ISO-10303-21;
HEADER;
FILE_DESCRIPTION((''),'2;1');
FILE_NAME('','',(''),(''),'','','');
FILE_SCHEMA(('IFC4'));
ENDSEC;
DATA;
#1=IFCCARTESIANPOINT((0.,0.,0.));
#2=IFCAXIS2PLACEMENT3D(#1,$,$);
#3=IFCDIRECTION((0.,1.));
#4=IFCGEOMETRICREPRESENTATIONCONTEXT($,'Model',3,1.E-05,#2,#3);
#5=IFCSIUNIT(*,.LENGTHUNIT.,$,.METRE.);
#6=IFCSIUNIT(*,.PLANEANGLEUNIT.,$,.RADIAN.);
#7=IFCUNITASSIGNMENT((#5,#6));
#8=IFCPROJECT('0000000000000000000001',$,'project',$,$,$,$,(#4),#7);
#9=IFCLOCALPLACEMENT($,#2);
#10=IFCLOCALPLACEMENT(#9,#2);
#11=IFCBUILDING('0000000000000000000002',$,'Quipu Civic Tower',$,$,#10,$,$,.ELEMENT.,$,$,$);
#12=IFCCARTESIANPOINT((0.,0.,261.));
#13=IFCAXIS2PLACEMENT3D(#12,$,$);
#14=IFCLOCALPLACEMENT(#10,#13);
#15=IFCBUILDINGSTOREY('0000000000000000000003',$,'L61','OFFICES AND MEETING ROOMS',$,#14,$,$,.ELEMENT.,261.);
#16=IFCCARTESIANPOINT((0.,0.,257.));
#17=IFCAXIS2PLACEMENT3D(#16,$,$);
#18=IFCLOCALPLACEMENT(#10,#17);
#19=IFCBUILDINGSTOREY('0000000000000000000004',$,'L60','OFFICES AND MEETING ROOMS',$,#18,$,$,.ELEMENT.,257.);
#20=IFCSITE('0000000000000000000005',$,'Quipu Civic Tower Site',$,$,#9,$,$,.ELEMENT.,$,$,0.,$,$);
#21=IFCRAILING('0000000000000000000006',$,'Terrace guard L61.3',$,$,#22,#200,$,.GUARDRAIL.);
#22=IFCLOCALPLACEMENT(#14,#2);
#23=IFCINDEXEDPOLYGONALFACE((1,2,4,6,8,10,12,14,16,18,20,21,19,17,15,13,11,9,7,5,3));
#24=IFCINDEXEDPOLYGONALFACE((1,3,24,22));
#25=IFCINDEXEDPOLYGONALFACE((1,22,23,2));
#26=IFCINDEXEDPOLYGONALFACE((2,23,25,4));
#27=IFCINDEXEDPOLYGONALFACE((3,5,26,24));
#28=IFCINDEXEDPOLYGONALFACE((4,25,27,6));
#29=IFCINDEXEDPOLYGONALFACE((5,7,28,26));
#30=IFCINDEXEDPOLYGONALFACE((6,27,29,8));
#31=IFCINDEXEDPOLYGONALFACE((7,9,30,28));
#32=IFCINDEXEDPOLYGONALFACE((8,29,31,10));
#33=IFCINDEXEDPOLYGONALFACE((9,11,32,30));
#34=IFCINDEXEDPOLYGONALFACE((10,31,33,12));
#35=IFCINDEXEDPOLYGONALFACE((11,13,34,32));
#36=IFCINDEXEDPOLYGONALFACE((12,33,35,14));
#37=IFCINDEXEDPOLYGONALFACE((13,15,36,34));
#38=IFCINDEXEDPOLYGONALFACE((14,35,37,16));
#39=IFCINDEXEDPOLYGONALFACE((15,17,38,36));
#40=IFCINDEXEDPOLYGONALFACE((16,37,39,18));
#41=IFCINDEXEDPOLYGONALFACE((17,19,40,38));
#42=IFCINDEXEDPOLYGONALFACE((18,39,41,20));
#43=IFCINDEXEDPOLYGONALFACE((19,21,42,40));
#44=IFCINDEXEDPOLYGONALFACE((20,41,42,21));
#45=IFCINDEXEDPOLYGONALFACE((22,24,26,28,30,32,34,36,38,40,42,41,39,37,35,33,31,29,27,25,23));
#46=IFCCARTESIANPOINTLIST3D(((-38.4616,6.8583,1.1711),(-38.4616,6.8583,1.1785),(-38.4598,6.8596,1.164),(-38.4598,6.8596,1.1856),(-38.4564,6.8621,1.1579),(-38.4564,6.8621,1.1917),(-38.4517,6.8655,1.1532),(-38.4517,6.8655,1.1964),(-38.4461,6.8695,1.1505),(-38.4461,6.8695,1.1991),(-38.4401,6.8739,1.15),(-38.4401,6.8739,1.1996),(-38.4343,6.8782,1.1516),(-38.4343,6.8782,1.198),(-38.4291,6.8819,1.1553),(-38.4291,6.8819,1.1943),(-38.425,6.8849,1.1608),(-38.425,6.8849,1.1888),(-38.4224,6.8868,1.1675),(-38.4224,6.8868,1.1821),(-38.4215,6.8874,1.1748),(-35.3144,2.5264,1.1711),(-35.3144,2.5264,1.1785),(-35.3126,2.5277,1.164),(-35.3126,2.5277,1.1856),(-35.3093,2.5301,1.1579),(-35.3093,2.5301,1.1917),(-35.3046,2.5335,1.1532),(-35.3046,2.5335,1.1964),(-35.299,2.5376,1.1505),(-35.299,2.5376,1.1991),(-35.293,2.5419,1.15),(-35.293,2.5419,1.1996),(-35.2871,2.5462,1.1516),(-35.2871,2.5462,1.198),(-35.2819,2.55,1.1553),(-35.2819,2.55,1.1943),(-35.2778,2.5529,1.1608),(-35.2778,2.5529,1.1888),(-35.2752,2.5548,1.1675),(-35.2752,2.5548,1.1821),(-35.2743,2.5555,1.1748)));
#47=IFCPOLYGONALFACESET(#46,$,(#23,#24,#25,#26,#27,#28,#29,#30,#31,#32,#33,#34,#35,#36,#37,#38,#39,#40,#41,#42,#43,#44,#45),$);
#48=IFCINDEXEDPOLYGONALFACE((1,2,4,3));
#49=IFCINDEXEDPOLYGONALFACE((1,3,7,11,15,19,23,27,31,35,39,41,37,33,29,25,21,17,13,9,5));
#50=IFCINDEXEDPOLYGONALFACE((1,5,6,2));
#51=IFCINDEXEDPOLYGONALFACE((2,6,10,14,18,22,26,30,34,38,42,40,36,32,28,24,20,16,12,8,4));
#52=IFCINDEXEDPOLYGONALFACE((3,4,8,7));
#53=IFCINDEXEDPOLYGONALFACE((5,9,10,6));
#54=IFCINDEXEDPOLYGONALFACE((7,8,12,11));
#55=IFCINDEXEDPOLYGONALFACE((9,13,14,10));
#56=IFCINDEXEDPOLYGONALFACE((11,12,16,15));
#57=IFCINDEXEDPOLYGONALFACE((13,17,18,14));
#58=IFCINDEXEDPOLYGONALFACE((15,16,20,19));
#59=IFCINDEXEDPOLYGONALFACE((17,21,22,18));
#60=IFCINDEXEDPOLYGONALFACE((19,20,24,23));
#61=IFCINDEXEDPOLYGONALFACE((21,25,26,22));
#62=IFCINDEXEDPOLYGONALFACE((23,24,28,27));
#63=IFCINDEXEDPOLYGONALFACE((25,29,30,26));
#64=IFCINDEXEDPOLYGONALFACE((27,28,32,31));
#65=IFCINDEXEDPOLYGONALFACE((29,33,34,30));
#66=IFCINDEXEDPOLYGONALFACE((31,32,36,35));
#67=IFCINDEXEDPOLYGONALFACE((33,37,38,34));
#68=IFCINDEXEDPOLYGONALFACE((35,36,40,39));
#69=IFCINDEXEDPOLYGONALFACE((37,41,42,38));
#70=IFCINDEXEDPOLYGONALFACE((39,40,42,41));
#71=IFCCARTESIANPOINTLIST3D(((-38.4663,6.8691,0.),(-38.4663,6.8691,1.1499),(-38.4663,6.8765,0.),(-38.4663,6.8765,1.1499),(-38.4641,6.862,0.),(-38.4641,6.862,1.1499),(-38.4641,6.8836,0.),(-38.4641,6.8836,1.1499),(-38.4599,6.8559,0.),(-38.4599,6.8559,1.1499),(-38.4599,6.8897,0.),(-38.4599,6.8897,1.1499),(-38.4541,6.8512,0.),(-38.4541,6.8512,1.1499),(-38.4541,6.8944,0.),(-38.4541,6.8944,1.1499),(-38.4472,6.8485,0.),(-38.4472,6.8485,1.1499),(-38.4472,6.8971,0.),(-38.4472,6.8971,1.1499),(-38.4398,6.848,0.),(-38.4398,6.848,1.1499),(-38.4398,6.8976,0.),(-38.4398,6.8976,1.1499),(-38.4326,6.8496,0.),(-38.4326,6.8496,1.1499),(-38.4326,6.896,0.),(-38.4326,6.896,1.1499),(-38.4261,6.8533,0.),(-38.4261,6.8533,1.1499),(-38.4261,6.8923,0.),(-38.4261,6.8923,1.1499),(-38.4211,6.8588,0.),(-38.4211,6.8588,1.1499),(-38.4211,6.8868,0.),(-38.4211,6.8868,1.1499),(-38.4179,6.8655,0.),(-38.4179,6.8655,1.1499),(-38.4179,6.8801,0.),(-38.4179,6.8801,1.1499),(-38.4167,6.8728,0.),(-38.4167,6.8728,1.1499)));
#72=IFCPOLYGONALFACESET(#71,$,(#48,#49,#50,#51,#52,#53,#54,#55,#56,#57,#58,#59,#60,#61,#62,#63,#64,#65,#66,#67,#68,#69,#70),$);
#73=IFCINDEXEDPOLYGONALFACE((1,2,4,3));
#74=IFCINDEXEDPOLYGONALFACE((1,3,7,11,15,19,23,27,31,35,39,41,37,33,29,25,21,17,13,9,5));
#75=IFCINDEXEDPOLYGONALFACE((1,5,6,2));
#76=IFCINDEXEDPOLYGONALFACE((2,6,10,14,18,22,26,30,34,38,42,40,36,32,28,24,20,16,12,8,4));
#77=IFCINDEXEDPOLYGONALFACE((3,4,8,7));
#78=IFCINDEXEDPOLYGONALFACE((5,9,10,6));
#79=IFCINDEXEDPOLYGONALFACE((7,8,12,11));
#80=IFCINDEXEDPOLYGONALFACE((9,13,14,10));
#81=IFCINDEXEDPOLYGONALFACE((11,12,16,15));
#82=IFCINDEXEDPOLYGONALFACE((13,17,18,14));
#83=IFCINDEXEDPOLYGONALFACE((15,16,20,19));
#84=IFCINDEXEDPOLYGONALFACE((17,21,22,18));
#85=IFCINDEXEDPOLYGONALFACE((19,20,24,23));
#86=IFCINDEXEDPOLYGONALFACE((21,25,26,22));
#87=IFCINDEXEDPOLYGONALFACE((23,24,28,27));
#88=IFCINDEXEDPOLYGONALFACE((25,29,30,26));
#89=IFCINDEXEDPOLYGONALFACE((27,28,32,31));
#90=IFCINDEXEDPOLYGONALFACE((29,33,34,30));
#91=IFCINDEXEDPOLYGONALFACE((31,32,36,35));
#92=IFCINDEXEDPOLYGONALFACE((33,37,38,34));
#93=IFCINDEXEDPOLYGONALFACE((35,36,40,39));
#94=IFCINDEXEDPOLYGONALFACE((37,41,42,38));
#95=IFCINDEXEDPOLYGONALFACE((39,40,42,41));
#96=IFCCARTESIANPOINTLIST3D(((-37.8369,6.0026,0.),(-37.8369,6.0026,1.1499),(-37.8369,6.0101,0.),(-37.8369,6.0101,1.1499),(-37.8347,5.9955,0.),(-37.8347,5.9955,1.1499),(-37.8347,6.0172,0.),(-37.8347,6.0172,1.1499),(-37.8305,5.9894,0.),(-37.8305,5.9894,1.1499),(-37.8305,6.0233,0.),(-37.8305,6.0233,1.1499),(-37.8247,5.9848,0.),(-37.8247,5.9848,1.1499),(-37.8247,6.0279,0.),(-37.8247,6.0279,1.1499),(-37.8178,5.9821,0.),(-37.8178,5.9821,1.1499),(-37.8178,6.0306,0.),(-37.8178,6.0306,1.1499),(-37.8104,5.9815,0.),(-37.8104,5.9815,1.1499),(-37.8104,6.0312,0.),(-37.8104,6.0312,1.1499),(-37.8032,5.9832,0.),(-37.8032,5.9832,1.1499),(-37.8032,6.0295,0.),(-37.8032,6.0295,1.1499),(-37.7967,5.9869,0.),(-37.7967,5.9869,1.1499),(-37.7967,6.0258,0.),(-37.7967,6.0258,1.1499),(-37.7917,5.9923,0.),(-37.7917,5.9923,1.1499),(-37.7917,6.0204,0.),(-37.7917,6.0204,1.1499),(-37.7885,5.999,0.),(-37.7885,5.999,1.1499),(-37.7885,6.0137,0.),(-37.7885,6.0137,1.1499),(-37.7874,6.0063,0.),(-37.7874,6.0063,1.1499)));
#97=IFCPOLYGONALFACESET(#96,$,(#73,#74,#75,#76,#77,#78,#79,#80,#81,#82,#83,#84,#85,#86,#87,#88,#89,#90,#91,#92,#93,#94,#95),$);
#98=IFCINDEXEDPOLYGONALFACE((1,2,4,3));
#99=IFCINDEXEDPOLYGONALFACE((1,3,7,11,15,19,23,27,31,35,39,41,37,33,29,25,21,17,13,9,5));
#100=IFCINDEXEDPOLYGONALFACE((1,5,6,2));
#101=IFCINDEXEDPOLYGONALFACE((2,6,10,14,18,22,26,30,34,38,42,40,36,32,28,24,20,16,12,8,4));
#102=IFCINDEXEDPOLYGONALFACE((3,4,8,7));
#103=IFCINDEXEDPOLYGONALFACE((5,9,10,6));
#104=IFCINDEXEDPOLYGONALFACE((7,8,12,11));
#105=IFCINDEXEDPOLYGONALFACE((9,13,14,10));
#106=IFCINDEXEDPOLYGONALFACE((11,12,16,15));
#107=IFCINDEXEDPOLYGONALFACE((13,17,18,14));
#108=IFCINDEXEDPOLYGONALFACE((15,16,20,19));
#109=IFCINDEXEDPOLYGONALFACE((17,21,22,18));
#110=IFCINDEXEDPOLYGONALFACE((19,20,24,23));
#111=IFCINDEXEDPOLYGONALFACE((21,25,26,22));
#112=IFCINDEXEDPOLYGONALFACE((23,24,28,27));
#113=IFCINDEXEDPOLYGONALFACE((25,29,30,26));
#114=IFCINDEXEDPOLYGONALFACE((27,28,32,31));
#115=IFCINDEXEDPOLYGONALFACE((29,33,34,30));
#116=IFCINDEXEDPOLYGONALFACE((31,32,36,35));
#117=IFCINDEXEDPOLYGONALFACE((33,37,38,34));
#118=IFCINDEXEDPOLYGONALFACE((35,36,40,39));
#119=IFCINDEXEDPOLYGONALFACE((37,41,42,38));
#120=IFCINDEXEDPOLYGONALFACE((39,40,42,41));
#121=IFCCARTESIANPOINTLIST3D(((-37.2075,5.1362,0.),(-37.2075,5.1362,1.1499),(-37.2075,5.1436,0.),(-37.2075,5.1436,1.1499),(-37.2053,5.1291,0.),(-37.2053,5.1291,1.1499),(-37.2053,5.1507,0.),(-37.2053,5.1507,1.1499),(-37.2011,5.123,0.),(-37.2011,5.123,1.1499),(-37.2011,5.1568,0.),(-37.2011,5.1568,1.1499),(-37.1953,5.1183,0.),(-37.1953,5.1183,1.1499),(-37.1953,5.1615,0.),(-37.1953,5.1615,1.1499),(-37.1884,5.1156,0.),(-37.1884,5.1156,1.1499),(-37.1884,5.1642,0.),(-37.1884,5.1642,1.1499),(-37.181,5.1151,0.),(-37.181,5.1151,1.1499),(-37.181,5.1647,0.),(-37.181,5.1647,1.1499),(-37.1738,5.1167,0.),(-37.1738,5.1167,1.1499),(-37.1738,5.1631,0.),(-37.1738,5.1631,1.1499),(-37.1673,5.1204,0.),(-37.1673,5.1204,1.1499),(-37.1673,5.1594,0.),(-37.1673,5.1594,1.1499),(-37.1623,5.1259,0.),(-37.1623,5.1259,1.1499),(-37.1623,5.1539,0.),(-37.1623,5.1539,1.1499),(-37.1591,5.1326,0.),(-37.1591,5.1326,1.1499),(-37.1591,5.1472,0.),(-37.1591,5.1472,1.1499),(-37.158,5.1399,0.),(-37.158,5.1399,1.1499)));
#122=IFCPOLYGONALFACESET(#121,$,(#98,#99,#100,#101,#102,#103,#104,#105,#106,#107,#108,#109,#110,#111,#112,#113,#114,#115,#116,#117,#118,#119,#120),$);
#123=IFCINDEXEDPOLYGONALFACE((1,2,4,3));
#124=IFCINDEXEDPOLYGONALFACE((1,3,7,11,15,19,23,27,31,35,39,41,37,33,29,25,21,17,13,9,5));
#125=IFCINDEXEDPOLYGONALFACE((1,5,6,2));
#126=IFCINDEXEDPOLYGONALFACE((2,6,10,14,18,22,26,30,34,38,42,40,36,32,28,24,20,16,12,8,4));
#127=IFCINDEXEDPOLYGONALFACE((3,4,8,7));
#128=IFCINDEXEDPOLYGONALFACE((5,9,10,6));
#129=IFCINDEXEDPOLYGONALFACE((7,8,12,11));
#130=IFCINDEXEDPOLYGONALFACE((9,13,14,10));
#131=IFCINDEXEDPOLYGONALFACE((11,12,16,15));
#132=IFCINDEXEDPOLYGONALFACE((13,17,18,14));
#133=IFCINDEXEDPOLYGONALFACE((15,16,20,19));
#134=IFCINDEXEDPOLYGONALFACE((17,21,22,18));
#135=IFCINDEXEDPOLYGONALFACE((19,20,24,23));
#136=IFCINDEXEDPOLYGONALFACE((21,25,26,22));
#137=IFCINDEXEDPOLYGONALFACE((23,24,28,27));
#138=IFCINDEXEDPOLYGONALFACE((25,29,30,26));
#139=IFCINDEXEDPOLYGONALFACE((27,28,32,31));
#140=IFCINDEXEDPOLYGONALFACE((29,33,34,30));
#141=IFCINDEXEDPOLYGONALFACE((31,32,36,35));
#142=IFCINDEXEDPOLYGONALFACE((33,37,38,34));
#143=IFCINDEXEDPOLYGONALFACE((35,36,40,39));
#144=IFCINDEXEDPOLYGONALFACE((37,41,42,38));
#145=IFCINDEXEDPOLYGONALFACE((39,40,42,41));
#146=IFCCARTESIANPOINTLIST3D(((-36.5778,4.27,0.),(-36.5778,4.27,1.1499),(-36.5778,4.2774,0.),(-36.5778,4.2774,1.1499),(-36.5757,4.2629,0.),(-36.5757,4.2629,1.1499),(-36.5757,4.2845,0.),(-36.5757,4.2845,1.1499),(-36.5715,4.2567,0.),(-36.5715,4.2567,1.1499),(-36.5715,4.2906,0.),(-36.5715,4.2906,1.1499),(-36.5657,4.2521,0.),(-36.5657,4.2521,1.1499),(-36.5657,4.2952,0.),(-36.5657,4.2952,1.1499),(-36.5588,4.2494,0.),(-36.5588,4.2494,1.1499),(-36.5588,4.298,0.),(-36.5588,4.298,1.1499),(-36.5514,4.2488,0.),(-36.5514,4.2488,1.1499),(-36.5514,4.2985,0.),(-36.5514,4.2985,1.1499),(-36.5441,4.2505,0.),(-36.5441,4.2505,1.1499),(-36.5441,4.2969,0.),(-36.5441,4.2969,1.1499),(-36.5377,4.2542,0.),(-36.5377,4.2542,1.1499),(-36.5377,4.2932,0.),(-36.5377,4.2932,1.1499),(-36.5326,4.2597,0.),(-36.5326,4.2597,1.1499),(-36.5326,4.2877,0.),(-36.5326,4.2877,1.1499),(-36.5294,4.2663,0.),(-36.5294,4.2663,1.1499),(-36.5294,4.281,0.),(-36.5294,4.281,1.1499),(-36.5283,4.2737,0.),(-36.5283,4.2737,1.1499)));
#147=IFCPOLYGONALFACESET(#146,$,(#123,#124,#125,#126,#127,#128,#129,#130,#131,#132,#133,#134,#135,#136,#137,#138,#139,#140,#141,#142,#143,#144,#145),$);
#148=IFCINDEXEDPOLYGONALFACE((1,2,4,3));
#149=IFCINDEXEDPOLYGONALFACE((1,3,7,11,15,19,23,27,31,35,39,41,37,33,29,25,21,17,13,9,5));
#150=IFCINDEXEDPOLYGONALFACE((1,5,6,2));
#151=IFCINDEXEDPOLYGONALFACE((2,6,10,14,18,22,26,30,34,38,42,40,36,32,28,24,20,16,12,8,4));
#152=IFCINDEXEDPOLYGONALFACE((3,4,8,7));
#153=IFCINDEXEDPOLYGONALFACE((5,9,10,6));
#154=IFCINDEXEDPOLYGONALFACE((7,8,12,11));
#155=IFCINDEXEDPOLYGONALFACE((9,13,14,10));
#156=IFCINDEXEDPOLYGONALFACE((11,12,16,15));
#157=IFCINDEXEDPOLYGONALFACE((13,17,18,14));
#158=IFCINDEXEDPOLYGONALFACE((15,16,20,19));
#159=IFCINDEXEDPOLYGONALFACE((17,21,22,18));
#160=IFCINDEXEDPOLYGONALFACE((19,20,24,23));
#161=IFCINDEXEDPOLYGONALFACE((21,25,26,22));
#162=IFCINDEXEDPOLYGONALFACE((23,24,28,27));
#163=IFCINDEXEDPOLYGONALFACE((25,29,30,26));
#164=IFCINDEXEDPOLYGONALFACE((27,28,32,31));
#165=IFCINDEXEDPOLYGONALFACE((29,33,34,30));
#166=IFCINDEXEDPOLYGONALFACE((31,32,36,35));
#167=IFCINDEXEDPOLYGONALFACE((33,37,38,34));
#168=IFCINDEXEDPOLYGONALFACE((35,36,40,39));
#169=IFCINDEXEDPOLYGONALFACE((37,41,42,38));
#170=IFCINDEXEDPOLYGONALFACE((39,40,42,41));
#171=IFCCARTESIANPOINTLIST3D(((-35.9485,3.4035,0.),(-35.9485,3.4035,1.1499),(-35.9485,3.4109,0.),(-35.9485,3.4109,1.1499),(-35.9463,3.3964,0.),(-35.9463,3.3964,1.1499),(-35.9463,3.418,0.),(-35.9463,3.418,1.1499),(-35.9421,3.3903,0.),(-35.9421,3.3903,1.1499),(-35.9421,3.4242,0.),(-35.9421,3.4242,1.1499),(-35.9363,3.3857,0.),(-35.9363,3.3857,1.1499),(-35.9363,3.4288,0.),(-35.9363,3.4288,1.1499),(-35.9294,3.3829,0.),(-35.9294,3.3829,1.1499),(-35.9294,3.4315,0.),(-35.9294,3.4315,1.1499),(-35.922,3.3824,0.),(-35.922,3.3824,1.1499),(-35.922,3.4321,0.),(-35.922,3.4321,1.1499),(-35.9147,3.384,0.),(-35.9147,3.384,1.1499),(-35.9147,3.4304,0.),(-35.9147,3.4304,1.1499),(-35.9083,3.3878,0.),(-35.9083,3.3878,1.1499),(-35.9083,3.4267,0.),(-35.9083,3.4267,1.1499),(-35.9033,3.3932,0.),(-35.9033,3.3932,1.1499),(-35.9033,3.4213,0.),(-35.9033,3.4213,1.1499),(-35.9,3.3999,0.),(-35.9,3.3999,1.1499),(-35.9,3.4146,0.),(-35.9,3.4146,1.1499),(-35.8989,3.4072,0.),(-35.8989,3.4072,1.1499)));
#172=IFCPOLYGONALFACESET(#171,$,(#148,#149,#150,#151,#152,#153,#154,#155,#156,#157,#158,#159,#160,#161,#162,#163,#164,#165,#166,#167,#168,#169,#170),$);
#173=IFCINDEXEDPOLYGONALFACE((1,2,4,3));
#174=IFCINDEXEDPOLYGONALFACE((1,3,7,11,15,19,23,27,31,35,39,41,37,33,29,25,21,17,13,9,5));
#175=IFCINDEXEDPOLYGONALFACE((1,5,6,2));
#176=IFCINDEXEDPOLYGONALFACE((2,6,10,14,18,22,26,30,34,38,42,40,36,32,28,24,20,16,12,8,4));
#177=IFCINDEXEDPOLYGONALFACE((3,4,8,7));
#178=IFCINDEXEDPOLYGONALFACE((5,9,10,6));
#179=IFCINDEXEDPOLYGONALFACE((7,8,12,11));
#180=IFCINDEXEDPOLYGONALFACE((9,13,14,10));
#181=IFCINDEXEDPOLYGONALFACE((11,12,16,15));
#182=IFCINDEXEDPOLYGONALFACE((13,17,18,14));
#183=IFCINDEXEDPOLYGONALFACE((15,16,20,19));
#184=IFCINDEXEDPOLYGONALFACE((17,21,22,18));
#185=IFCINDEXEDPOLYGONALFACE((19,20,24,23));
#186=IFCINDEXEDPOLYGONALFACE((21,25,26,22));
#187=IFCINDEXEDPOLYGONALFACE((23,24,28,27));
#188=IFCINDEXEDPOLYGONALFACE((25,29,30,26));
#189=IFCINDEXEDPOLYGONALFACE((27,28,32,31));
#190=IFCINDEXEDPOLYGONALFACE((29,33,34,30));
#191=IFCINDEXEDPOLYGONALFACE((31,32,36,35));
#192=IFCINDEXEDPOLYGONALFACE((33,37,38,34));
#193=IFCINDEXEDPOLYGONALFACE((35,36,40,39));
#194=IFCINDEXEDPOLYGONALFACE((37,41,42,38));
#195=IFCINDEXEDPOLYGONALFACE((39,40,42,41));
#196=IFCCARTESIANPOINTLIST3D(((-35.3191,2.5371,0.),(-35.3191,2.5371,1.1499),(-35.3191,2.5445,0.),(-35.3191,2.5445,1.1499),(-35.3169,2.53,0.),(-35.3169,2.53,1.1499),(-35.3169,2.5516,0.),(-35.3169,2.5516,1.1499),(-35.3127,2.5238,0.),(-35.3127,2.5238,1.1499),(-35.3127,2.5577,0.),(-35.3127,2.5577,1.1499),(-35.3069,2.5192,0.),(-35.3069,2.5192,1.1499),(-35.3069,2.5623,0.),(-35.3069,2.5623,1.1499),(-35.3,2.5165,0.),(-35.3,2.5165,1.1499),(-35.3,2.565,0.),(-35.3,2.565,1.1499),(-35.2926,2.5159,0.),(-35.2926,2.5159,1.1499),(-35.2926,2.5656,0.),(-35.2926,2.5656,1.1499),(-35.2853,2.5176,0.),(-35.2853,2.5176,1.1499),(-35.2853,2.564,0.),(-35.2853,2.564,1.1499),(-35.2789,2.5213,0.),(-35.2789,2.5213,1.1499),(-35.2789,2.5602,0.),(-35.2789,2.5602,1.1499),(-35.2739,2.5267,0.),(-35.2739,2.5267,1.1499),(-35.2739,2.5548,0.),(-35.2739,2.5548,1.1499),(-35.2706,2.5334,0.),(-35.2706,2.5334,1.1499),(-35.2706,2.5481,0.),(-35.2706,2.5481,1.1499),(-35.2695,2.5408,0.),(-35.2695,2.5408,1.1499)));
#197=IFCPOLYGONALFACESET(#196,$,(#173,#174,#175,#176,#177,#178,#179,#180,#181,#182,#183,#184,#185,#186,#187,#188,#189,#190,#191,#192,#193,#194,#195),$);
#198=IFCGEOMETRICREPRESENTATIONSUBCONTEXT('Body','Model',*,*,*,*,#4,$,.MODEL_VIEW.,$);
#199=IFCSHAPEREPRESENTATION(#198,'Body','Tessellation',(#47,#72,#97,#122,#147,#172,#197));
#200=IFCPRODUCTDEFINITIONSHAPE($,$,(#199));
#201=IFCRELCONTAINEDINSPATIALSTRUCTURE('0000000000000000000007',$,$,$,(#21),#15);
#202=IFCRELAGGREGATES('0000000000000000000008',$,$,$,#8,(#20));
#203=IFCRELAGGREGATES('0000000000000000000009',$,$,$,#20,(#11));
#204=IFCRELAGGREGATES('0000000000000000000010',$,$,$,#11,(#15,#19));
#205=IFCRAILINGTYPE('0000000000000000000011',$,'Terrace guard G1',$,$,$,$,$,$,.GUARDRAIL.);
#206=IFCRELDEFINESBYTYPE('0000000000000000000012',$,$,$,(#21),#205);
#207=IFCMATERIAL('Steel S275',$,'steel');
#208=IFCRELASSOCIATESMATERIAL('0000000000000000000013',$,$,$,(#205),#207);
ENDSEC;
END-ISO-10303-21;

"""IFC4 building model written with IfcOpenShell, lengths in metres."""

from ifc_helpers import new_model, si_unit, direction, frame, origin, origin_2d, place, context, subcontext, project, spatial, circle, extrude, material, type_object, element, save


model = new_model("IFC4")

# Units and contexts
model_context = context("Model", 3, precision=1e-05, world=origin(), true_north=direction((0.0, 1.0)))
body_context = subcontext(model_context, "Body", "Model", "MODEL_VIEW")
ifc_project = project(units=[si_unit("LENGTHUNIT", "METRE"), si_unit("PLANEANGLEUNIT", "RADIAN")], contexts=[model_context])

# Site, building, storey
site_placement = place(None, origin())
site = spatial("IfcSite", under=ifc_project, at=site_placement, Name="Quipu Civic Tower Site", CompositionType="ELEMENT", RefElevation=0.0)
building_placement = place(site_placement, origin())
building = spatial("IfcBuilding", under=site, at=building_placement, Name="Quipu Civic Tower", CompositionType="ELEMENT")
storey_1_placement = place(building_placement, frame((0.0, 0.0, 261.0)))
storey_1 = spatial("IfcBuildingStorey", under=building, at=storey_1_placement, Name="L61", Description="OFFICES AND MEETING ROOMS", CompositionType="ELEMENT", Elevation=261.0)

# Shared definitions
storey_2_placement = place(building_placement, frame((0.0, 0.0, 257.0)))
storey_2 = spatial("IfcBuildingStorey", under=building, at=storey_2_placement, Name="L60", Description="OFFICES AND MEETING ROOMS", CompositionType="ELEMENT", Elevation=257.0)

# Railing
ifc_material_1 = material(Name="Steel S275", Category="steel")
railing_type = type_object("IfcRailingType", Name="Terrace guard G1", PredefinedType="GUARDRAIL", material=ifc_material_1)
railing_1_placement = place(storey_1_placement, frame((-38.4417, 6.8728, 0.0)))
element("IfcRailing", 1, at=railing_1_placement, inside=storey_1, type_object=railing_type, Name="Terrace guard L61.3", PredefinedType="GUARDRAIL", context=body_context, shape_type="SweptSolid", body=[
    extrude(circle(Radius=0.0249, at=origin_2d()), frame((0.0, 0.0, 1.1748), z_axis=(0.587762, -0.809034, 0.0), x_axis=(0.809034, 0.587762, 0.0)), (0.0, 0.0, 1.0), 5.3545),
    extrude(circle(Radius=0.0249, at=origin_2d()), origin(), (0.0, 0.0, 1.0), 1.1499),
    extrude(circle(Radius=0.0249, at=origin_2d()), frame((0.6294, -0.8665, 0.0)), (0.0, 0.0, 1.0), 1.1499),
    extrude(circle(Radius=0.0249, at=origin_2d()), frame((1.2588, -1.7329, 0.0)), (0.0, 0.0, 1.0), 1.1499),
    extrude(circle(Radius=0.0249, at=origin_2d()), frame((1.8884, -2.5991, 0.0)), (0.0, 0.0, 1.0), 1.1499),
    extrude(circle(Radius=0.0249, at=origin_2d()), frame((2.5178, -3.4656, 0.0)), (0.0, 0.0, 1.0), 1.1499),
    extrude(circle(Radius=0.0249, at=origin_2d()), frame((3.1472, -4.332, 0.0)), (0.0, 0.0, 1.0), 1.1499),
])

save(model, "model.ifc")
